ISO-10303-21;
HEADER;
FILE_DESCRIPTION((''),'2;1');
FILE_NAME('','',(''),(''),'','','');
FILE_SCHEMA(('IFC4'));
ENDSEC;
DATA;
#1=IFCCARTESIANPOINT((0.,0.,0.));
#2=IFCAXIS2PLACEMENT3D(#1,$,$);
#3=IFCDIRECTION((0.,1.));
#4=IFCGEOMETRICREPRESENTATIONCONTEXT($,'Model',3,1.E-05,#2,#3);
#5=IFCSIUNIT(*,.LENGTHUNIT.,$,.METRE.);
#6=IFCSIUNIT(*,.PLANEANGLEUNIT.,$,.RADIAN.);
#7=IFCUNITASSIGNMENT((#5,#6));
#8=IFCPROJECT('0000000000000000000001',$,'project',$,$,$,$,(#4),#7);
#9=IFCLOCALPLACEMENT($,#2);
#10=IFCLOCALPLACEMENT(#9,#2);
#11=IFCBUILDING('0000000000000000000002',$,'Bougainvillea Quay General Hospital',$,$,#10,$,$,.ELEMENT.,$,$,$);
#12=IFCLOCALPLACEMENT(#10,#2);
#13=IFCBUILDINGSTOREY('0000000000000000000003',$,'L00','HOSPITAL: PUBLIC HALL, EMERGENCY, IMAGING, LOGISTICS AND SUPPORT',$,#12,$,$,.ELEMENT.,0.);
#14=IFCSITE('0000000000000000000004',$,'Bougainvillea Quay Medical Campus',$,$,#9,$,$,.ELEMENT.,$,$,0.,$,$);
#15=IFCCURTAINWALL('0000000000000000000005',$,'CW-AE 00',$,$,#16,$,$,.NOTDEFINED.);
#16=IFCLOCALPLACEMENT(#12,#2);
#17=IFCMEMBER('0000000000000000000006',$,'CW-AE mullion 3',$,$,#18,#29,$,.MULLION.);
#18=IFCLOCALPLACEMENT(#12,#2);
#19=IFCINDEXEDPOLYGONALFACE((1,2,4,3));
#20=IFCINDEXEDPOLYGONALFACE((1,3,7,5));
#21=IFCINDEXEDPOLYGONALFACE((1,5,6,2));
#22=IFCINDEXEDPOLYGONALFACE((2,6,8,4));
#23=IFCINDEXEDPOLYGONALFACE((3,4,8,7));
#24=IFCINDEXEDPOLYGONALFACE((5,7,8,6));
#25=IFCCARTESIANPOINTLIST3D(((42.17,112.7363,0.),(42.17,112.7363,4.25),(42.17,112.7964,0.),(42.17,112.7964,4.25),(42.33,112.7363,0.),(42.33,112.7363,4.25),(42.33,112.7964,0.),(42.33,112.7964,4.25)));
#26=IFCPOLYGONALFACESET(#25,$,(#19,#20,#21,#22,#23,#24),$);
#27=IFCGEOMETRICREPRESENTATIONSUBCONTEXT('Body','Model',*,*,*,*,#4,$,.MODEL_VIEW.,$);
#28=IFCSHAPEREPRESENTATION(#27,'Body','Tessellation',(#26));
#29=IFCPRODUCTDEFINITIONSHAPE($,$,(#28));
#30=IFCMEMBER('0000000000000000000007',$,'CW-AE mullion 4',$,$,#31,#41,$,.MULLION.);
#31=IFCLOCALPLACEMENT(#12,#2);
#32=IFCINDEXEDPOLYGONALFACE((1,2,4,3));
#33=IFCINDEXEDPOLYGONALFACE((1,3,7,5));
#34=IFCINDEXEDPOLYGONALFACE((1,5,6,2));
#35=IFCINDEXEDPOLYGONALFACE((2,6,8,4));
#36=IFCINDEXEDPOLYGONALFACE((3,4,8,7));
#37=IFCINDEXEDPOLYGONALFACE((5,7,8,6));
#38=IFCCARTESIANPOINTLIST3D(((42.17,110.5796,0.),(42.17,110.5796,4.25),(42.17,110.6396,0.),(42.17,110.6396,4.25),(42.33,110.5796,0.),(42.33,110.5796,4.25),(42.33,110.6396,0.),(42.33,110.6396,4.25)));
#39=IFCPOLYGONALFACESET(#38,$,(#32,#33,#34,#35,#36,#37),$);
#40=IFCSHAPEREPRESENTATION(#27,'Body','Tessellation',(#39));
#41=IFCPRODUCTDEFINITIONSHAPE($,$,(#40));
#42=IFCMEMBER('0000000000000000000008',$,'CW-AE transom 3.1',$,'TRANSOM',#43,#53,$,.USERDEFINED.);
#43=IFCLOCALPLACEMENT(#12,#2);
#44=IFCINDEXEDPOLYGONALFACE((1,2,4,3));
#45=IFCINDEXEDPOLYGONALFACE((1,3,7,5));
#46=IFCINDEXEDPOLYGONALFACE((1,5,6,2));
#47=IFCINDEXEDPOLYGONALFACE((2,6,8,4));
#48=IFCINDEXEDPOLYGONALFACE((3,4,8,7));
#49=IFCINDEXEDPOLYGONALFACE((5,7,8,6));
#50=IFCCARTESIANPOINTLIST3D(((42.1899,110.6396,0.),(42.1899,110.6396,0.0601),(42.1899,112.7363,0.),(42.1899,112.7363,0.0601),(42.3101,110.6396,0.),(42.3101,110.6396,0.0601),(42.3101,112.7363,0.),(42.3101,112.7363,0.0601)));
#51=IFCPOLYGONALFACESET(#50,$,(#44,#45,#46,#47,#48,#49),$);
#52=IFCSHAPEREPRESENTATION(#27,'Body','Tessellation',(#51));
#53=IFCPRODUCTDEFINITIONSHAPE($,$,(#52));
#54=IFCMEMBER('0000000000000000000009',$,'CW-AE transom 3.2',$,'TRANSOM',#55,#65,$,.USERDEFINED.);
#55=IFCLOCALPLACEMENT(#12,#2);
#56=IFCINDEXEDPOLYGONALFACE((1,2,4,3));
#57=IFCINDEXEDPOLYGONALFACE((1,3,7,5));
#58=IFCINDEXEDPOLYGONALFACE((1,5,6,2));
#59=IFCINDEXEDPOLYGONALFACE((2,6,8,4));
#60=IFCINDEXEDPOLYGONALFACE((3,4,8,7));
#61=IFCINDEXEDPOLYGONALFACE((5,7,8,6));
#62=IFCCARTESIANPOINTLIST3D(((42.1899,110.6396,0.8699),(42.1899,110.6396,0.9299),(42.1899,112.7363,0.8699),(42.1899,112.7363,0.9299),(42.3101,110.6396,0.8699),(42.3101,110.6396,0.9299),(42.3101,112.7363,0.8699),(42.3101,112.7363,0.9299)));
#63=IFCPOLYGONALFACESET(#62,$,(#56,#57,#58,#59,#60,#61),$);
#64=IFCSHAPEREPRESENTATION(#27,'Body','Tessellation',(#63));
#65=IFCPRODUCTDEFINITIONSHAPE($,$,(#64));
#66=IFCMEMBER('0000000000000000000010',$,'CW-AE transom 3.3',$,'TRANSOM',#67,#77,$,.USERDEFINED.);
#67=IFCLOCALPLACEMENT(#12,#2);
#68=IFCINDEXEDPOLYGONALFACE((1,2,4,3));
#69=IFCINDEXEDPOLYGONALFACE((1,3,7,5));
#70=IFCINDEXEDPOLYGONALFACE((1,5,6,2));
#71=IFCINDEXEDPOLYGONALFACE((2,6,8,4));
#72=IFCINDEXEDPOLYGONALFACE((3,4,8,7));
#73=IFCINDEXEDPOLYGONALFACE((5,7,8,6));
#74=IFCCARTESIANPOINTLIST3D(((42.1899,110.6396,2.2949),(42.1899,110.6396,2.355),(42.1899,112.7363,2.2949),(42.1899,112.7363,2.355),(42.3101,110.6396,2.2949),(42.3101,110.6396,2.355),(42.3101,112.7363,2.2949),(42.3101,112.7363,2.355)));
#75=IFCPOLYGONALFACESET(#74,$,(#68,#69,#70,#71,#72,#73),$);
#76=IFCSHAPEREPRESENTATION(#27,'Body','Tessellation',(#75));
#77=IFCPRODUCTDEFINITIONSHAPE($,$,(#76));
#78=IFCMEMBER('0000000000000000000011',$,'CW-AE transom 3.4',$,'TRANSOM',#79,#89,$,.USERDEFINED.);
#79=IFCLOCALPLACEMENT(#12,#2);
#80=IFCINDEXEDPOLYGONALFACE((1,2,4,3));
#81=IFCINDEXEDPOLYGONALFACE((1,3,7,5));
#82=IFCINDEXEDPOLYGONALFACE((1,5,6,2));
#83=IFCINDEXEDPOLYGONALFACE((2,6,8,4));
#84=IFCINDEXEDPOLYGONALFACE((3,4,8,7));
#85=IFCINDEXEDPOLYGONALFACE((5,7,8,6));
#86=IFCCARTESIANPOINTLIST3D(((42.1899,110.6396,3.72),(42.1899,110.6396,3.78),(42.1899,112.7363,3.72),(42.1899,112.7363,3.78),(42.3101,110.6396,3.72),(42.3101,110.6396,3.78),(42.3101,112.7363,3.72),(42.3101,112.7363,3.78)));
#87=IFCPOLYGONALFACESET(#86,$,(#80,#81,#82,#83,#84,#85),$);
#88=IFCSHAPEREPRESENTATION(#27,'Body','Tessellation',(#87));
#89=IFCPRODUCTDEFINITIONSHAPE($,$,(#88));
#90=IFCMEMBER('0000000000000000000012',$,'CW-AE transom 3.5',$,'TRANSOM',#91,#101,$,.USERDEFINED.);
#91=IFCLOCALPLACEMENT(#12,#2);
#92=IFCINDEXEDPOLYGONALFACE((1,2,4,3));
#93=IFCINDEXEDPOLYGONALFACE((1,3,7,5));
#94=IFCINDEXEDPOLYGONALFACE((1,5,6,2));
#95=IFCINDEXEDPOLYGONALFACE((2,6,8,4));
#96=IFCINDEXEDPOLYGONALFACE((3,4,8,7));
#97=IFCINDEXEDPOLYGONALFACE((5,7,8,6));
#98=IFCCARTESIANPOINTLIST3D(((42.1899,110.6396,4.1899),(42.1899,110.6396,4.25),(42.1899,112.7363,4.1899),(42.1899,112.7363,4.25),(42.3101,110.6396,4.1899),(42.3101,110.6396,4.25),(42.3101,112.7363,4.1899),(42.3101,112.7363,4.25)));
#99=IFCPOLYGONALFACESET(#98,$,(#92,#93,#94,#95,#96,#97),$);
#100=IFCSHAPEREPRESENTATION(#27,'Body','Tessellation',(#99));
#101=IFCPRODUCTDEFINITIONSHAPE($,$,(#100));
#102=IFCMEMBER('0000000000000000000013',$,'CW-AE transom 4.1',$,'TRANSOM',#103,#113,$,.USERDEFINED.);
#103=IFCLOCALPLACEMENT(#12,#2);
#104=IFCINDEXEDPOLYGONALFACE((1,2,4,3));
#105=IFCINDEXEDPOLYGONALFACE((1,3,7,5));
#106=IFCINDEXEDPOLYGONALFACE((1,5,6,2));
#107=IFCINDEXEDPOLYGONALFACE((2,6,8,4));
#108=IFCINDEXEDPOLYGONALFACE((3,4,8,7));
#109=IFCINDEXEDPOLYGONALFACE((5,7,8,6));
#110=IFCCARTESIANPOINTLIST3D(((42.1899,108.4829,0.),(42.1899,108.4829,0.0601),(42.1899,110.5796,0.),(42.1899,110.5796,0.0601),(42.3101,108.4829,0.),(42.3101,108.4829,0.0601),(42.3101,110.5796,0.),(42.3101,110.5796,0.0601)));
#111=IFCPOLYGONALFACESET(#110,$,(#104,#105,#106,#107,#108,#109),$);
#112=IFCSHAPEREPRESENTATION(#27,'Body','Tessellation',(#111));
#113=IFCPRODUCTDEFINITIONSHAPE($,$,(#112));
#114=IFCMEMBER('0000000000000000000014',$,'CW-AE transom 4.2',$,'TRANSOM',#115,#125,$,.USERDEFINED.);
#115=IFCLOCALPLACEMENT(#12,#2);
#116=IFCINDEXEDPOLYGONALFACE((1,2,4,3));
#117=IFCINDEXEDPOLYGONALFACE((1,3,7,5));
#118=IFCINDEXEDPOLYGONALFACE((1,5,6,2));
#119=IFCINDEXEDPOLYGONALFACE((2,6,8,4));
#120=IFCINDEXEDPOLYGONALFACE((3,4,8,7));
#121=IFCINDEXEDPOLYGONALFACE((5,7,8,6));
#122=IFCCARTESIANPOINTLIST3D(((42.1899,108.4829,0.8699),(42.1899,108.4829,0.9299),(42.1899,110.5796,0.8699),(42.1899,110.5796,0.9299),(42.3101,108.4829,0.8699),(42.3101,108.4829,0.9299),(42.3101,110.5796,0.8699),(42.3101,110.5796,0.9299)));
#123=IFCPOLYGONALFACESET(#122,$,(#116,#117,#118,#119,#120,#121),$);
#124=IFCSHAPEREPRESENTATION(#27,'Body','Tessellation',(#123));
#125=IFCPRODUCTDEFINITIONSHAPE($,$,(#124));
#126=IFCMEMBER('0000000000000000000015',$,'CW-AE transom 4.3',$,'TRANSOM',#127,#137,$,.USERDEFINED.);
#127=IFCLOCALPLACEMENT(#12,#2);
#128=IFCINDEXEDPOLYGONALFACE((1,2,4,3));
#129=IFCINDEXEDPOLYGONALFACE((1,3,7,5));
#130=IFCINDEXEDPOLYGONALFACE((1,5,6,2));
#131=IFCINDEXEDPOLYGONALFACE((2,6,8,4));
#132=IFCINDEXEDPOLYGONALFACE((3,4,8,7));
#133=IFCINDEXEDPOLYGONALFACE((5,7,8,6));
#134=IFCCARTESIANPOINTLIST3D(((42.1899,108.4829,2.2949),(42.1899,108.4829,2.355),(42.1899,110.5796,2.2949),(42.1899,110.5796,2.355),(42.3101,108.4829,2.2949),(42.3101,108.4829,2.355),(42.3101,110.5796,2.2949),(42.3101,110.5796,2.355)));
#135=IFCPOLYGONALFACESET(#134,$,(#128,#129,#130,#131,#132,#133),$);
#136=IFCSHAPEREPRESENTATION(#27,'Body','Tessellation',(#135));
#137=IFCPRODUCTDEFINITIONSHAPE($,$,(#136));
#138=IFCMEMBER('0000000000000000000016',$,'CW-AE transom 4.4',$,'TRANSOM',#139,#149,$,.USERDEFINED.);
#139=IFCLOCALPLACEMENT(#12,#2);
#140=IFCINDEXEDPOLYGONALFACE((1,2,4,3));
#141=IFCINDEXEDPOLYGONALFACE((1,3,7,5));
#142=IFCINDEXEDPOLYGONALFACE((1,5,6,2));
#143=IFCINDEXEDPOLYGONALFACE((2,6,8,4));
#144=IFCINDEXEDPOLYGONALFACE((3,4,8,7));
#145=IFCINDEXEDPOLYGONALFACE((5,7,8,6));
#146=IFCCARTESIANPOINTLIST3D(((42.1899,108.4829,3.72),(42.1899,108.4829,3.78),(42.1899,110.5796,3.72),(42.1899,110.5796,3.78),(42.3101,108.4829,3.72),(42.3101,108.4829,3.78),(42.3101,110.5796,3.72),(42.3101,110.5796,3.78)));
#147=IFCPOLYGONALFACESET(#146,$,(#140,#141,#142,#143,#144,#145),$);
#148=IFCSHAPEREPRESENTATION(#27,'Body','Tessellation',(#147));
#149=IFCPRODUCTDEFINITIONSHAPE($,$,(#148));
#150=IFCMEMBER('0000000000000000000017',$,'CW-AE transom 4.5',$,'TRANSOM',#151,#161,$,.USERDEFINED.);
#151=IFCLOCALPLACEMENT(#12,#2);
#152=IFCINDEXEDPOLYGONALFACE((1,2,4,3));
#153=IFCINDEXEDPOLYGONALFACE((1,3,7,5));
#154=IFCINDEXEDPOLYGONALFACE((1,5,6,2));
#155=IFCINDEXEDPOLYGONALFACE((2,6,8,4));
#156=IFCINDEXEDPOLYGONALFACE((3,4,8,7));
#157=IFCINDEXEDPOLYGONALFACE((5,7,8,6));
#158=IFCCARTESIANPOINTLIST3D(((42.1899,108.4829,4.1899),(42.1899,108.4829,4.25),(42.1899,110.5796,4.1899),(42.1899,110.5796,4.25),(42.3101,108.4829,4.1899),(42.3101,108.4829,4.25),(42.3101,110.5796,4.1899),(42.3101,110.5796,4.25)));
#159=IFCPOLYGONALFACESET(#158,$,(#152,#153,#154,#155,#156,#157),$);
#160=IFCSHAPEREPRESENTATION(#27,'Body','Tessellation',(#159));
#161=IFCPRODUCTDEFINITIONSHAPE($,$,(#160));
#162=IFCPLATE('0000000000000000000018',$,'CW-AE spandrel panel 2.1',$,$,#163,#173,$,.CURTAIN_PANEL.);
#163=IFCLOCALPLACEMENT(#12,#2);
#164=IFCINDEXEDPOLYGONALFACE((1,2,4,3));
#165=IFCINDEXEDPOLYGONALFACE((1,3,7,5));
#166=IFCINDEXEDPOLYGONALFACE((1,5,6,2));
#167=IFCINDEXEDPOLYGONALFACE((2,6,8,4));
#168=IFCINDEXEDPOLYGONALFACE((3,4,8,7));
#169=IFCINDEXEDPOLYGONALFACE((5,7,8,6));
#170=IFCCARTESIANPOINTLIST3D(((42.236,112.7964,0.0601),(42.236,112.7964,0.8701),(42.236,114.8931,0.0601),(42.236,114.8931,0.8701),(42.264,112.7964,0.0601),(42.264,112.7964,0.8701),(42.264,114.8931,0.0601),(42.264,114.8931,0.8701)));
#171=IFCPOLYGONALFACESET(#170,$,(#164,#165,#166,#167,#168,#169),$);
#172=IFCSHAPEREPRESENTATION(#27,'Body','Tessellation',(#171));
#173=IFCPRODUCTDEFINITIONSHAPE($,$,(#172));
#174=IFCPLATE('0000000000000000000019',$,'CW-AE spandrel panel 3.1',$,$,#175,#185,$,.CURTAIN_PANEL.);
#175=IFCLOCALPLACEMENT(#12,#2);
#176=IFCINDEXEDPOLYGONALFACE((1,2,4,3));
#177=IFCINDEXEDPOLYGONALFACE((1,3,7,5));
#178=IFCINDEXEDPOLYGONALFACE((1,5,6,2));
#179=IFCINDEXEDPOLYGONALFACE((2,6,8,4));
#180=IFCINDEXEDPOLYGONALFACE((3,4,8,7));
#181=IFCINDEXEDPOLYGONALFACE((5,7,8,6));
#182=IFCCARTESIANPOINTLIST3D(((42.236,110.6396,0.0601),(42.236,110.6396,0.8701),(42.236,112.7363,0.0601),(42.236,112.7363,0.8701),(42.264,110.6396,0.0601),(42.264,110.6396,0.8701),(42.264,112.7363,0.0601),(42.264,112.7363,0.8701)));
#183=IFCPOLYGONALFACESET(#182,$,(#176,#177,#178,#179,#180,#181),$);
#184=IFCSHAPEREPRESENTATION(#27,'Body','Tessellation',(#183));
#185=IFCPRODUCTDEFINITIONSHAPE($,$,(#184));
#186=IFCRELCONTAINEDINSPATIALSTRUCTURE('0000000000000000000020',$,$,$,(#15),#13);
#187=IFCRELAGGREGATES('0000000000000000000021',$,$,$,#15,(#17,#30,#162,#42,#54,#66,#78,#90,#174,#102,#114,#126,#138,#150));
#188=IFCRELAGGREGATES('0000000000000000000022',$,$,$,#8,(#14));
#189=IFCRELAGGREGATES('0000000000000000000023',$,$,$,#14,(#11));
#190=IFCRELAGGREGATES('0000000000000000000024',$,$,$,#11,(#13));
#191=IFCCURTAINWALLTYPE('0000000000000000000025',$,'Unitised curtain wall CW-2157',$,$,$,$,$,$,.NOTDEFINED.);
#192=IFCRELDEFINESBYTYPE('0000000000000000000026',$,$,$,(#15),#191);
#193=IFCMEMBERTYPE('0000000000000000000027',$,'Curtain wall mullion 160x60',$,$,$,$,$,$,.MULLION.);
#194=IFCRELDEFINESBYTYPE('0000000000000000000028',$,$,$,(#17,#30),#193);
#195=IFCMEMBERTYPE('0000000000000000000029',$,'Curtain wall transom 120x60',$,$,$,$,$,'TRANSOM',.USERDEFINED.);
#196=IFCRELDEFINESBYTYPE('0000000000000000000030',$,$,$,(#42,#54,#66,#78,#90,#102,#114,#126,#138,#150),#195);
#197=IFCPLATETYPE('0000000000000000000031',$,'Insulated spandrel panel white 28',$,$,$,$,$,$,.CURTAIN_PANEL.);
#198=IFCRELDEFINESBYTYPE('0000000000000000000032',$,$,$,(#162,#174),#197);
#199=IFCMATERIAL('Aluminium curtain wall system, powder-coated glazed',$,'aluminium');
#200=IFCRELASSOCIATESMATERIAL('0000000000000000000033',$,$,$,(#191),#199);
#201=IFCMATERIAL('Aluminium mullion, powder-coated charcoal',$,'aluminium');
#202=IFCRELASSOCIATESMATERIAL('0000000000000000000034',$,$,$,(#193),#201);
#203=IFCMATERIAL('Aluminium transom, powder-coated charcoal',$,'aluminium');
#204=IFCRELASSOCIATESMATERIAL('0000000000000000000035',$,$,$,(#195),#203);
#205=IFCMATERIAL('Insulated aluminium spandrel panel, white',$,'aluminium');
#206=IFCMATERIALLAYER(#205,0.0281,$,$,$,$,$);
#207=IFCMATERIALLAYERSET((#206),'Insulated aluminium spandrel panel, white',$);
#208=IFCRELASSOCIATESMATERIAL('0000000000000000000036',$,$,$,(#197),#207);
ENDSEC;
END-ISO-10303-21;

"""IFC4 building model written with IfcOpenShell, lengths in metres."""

from ifc_helpers import new_model, si_unit, direction, frame, origin, origin_2d, place, context, subcontext, project, spatial, rectangle, extrude, material, layer, layer_set, material_profile, profile_set, type_object, element, aggregate, save


model = new_model("IFC4")

# Units and contexts
model_context = context("Model", 3, precision=1e-05, world=origin(), true_north=direction((0.0, 1.0)))
body_context = subcontext(model_context, "Body", "Model", "MODEL_VIEW")
ifc_project = project(units=[si_unit("LENGTHUNIT", "METRE"), si_unit("PLANEANGLEUNIT", "RADIAN")], contexts=[model_context])

# Site, building, storey
site_placement = place(None, origin())
site = spatial("IfcSite", under=ifc_project, at=site_placement, Name="Bougainvillea Quay Medical Campus", CompositionType="ELEMENT", RefElevation=0.0)
building_placement = place(site_placement, origin())
building = spatial("IfcBuilding", under=site, at=building_placement, Name="Bougainvillea Quay General Hospital", CompositionType="ELEMENT")
storey_placement = place(building_placement, origin())
storey = spatial("IfcBuildingStorey", under=building, at=storey_placement, Name="L00", Description="HOSPITAL: PUBLIC HALL, EMERGENCY, IMAGING, LOGISTICS AND SUPPORT", CompositionType="ELEMENT", Elevation=0.0)

# Curtain wall, members, plates
ifc_material_1 = material(Name="Aluminium curtain wall system, powder-coated glazed", Category="aluminium")
curtain_wall_type = type_object("IfcCurtainWallType", Name="Unitised curtain wall CW-2157", PredefinedType="NOTDEFINED", material=ifc_material_1)
curtain_wall_placement = place(storey_placement, origin())
curtain_wall = element("IfcCurtainWall", 1, at=curtain_wall_placement, inside=storey, type_object=curtain_wall_type, Name="CW-AE 00", PredefinedType="NOTDEFINED")
ifc_material_2 = material(Name="Aluminium mullion, powder-coated charcoal", Category="aluminium")
ifc_material_profile_1 = material_profile(ifc_material_2, rectangle(XDim=0.1599, YDim=0.0601, at=origin_2d()))
ifc_profile_set_1 = profile_set([ifc_material_profile_1], Name="Aluminium mullion, powder-coated charcoal")
member_type_1 = type_object("IfcMemberType", Name="Curtain wall mullion 160x60", PredefinedType="MULLION", material=ifc_profile_set_1)
member_1_placement = place(storey_placement, frame((42.25, 112.7664, 0.0), z_axis=(0.0, 0.0, 1.0), x_axis=(1.0, 0.0, 0.0)))
member_1 = element("IfcMember", 2, at=member_1_placement, type_object=member_type_1, Name="CW-AE mullion 3", PredefinedType="MULLION", context=body_context, shape_type="SweptSolid", body=[
    extrude(rectangle(XDim=0.1599, YDim=0.0601, at=origin_2d()), origin(), (0.0, 0.0, 1.0), 4.25),
])
member_2_placement = place(storey_placement, frame((42.25, 110.6096, 0.0), z_axis=(0.0, 0.0, 1.0), x_axis=(1.0, 0.0, 0.0)))
member_2 = element("IfcMember", 3, at=member_2_placement, type_object=member_type_1, Name="CW-AE mullion 4", PredefinedType="MULLION", context=body_context, shape_type="SweptSolid", body=[
    extrude(rectangle(XDim=0.1599, YDim=0.0601, at=origin_2d()), origin(), (0.0, 0.0, 1.0), 4.25),
])
ifc_material_3 = material(Name="Aluminium transom, powder-coated charcoal", Category="aluminium")
ifc_material_profile_2 = material_profile(ifc_material_3, rectangle(XDim=0.1201, YDim=0.0601, at=origin_2d()))
ifc_profile_set_2 = profile_set([ifc_material_profile_2], Name="Aluminium transom, powder-coated charcoal")
member_type_2 = type_object("IfcMemberType", Name="Curtain wall transom 120x60", ElementType="TRANSOM", PredefinedType="USERDEFINED", material=ifc_profile_set_2)
member_3_placement = place(storey_placement, frame((42.25, 112.7363, 0.03), z_axis=(0.0, -1.0, 0.0), x_axis=(1.0, 0.0, 0.0)))
member_3 = element("IfcMember", 4, at=member_3_placement, type_object=member_type_2, Name="CW-AE transom 3.1", ObjectType="TRANSOM", PredefinedType="USERDEFINED", context=body_context, shape_type="SweptSolid", body=[
    extrude(rectangle(XDim=0.1201, YDim=0.0601, at=origin_2d()), origin(), (0.0, 0.0, 1.0), 2.0967),
])
member_4_placement = place(storey_placement, frame((42.25, 112.7363, 0.8999), z_axis=(0.0, -1.0, 0.0), x_axis=(1.0, 0.0, 0.0)))
member_4 = element("IfcMember", 5, at=member_4_placement, type_object=member_type_2, Name="CW-AE transom 3.2", ObjectType="TRANSOM", PredefinedType="USERDEFINED", context=body_context, shape_type="SweptSolid", body=[
    extrude(rectangle(XDim=0.1201, YDim=0.0601, at=origin_2d()), origin(), (0.0, 0.0, 1.0), 2.0967),
])
member_5_placement = place(storey_placement, frame((42.25, 112.7363, 2.325), z_axis=(0.0, -1.0, 0.0), x_axis=(1.0, 0.0, 0.0)))
member_5 = element("IfcMember", 6, at=member_5_placement, type_object=member_type_2, Name="CW-AE transom 3.3", ObjectType="TRANSOM", PredefinedType="USERDEFINED", context=body_context, shape_type="SweptSolid", body=[
    extrude(rectangle(XDim=0.1201, YDim=0.0601, at=origin_2d()), origin(), (0.0, 0.0, 1.0), 2.0967),
])
member_6_placement = place(storey_placement, frame((42.25, 112.7363, 3.75), z_axis=(0.0, -1.0, 0.0), x_axis=(1.0, 0.0, 0.0)))
member_6 = element("IfcMember", 7, at=member_6_placement, type_object=member_type_2, Name="CW-AE transom 3.4", ObjectType="TRANSOM", PredefinedType="USERDEFINED", context=body_context, shape_type="SweptSolid", body=[
    extrude(rectangle(XDim=0.1201, YDim=0.0601, at=origin_2d()), origin(), (0.0, 0.0, 1.0), 2.0967),
])
member_7_placement = place(storey_placement, frame((42.25, 112.7363, 4.22), z_axis=(0.0, -1.0, 0.0), x_axis=(1.0, 0.0, 0.0)))
member_7 = element("IfcMember", 8, at=member_7_placement, type_object=member_type_2, Name="CW-AE transom 3.5", ObjectType="TRANSOM", PredefinedType="USERDEFINED", context=body_context, shape_type="SweptSolid", body=[
    extrude(rectangle(XDim=0.1201, YDim=0.0601, at=origin_2d()), origin(), (0.0, 0.0, 1.0), 2.0967),
])
member_8_placement = place(storey_placement, frame((42.25, 110.5796, 0.03), z_axis=(0.0, -1.0, 0.0), x_axis=(1.0, 0.0, 0.0)))
member_8 = element("IfcMember", 9, at=member_8_placement, type_object=member_type_2, Name="CW-AE transom 4.1", ObjectType="TRANSOM", PredefinedType="USERDEFINED", context=body_context, shape_type="SweptSolid", body=[
    extrude(rectangle(XDim=0.1201, YDim=0.0601, at=origin_2d()), origin(), (0.0, 0.0, 1.0), 2.0967),
])
member_9_placement = place(storey_placement, frame((42.25, 110.5796, 0.8999), z_axis=(0.0, -1.0, 0.0), x_axis=(1.0, 0.0, 0.0)))
member_9 = element("IfcMember", 10, at=member_9_placement, type_object=member_type_2, Name="CW-AE transom 4.2", ObjectType="TRANSOM", PredefinedType="USERDEFINED", context=body_context, shape_type="SweptSolid", body=[
    extrude(rectangle(XDim=0.1201, YDim=0.0601, at=origin_2d()), origin(), (0.0, 0.0, 1.0), 2.0967),
])
member_10_placement = place(storey_placement, frame((42.25, 110.5796, 2.325), z_axis=(0.0, -1.0, 0.0), x_axis=(1.0, 0.0, 0.0)))
member_10 = element("IfcMember", 11, at=member_10_placement, type_object=member_type_2, Name="CW-AE transom 4.3", ObjectType="TRANSOM", PredefinedType="USERDEFINED", context=body_context, shape_type="SweptSolid", body=[
    extrude(rectangle(XDim=0.1201, YDim=0.0601, at=origin_2d()), origin(), (0.0, 0.0, 1.0), 2.0967),
])
member_11_placement = place(storey_placement, frame((42.25, 110.5796, 3.75), z_axis=(0.0, -1.0, 0.0), x_axis=(1.0, 0.0, 0.0)))
member_11 = element("IfcMember", 12, at=member_11_placement, type_object=member_type_2, Name="CW-AE transom 4.4", ObjectType="TRANSOM", PredefinedType="USERDEFINED", context=body_context, shape_type="SweptSolid", body=[
    extrude(rectangle(XDim=0.1201, YDim=0.0601, at=origin_2d()), origin(), (0.0, 0.0, 1.0), 2.0967),
])
member_12_placement = place(storey_placement, frame((42.25, 110.5796, 4.22), z_axis=(0.0, -1.0, 0.0), x_axis=(1.0, 0.0, 0.0)))
member_12 = element("IfcMember", 13, at=member_12_placement, type_object=member_type_2, Name="CW-AE transom 4.5", ObjectType="TRANSOM", PredefinedType="USERDEFINED", context=body_context, shape_type="SweptSolid", body=[
    extrude(rectangle(XDim=0.1201, YDim=0.0601, at=origin_2d()), origin(), (0.0, 0.0, 1.0), 2.0967),
])
ifc_material_4 = material(Name="Insulated aluminium spandrel panel, white", Category="aluminium")
ifc_layer_1 = layer(ifc_material_4, 0.0281)
ifc_layer_set_1 = layer_set([ifc_layer_1], Name="Insulated aluminium spandrel panel, white")
plate_type_1 = type_object("IfcPlateType", Name="Insulated spandrel panel white 28", PredefinedType="CURTAIN_PANEL", material=ifc_layer_set_1)
plate_1_placement = place(storey_placement, frame((42.25, 113.8447, 0.0601), z_axis=(0.0, 0.0, 1.0), x_axis=(0.0, -1.0, 0.0)))
plate_1 = element("IfcPlate", 14, at=plate_1_placement, type_object=plate_type_1, Name="CW-AE spandrel panel 2.1", PredefinedType="CURTAIN_PANEL", context=body_context, shape_type="SweptSolid", body=[
    extrude(rectangle(XDim=2.0967, YDim=0.0281, at=origin_2d()), origin(), (0.0, 0.0, 1.0), 0.8101),
])
plate_2_placement = place(storey_placement, frame((42.25, 111.688, 0.0601), z_axis=(0.0, 0.0, 1.0), x_axis=(0.0, -1.0, 0.0)))
plate_2 = element("IfcPlate", 15, at=plate_2_placement, type_object=plate_type_1, Name="CW-AE spandrel panel 3.1", PredefinedType="CURTAIN_PANEL", context=body_context, shape_type="SweptSolid", body=[
    extrude(rectangle(XDim=2.0967, YDim=0.0281, at=origin_2d()), origin(), (0.0, 0.0, 1.0), 0.8101),
])
aggregate(curtain_wall, [member_1, member_2, plate_1, member_3, member_4, member_5, member_6, member_7, plate_2, member_8, member_9, member_10, member_11, member_12])

save(model, "model.ifc")
